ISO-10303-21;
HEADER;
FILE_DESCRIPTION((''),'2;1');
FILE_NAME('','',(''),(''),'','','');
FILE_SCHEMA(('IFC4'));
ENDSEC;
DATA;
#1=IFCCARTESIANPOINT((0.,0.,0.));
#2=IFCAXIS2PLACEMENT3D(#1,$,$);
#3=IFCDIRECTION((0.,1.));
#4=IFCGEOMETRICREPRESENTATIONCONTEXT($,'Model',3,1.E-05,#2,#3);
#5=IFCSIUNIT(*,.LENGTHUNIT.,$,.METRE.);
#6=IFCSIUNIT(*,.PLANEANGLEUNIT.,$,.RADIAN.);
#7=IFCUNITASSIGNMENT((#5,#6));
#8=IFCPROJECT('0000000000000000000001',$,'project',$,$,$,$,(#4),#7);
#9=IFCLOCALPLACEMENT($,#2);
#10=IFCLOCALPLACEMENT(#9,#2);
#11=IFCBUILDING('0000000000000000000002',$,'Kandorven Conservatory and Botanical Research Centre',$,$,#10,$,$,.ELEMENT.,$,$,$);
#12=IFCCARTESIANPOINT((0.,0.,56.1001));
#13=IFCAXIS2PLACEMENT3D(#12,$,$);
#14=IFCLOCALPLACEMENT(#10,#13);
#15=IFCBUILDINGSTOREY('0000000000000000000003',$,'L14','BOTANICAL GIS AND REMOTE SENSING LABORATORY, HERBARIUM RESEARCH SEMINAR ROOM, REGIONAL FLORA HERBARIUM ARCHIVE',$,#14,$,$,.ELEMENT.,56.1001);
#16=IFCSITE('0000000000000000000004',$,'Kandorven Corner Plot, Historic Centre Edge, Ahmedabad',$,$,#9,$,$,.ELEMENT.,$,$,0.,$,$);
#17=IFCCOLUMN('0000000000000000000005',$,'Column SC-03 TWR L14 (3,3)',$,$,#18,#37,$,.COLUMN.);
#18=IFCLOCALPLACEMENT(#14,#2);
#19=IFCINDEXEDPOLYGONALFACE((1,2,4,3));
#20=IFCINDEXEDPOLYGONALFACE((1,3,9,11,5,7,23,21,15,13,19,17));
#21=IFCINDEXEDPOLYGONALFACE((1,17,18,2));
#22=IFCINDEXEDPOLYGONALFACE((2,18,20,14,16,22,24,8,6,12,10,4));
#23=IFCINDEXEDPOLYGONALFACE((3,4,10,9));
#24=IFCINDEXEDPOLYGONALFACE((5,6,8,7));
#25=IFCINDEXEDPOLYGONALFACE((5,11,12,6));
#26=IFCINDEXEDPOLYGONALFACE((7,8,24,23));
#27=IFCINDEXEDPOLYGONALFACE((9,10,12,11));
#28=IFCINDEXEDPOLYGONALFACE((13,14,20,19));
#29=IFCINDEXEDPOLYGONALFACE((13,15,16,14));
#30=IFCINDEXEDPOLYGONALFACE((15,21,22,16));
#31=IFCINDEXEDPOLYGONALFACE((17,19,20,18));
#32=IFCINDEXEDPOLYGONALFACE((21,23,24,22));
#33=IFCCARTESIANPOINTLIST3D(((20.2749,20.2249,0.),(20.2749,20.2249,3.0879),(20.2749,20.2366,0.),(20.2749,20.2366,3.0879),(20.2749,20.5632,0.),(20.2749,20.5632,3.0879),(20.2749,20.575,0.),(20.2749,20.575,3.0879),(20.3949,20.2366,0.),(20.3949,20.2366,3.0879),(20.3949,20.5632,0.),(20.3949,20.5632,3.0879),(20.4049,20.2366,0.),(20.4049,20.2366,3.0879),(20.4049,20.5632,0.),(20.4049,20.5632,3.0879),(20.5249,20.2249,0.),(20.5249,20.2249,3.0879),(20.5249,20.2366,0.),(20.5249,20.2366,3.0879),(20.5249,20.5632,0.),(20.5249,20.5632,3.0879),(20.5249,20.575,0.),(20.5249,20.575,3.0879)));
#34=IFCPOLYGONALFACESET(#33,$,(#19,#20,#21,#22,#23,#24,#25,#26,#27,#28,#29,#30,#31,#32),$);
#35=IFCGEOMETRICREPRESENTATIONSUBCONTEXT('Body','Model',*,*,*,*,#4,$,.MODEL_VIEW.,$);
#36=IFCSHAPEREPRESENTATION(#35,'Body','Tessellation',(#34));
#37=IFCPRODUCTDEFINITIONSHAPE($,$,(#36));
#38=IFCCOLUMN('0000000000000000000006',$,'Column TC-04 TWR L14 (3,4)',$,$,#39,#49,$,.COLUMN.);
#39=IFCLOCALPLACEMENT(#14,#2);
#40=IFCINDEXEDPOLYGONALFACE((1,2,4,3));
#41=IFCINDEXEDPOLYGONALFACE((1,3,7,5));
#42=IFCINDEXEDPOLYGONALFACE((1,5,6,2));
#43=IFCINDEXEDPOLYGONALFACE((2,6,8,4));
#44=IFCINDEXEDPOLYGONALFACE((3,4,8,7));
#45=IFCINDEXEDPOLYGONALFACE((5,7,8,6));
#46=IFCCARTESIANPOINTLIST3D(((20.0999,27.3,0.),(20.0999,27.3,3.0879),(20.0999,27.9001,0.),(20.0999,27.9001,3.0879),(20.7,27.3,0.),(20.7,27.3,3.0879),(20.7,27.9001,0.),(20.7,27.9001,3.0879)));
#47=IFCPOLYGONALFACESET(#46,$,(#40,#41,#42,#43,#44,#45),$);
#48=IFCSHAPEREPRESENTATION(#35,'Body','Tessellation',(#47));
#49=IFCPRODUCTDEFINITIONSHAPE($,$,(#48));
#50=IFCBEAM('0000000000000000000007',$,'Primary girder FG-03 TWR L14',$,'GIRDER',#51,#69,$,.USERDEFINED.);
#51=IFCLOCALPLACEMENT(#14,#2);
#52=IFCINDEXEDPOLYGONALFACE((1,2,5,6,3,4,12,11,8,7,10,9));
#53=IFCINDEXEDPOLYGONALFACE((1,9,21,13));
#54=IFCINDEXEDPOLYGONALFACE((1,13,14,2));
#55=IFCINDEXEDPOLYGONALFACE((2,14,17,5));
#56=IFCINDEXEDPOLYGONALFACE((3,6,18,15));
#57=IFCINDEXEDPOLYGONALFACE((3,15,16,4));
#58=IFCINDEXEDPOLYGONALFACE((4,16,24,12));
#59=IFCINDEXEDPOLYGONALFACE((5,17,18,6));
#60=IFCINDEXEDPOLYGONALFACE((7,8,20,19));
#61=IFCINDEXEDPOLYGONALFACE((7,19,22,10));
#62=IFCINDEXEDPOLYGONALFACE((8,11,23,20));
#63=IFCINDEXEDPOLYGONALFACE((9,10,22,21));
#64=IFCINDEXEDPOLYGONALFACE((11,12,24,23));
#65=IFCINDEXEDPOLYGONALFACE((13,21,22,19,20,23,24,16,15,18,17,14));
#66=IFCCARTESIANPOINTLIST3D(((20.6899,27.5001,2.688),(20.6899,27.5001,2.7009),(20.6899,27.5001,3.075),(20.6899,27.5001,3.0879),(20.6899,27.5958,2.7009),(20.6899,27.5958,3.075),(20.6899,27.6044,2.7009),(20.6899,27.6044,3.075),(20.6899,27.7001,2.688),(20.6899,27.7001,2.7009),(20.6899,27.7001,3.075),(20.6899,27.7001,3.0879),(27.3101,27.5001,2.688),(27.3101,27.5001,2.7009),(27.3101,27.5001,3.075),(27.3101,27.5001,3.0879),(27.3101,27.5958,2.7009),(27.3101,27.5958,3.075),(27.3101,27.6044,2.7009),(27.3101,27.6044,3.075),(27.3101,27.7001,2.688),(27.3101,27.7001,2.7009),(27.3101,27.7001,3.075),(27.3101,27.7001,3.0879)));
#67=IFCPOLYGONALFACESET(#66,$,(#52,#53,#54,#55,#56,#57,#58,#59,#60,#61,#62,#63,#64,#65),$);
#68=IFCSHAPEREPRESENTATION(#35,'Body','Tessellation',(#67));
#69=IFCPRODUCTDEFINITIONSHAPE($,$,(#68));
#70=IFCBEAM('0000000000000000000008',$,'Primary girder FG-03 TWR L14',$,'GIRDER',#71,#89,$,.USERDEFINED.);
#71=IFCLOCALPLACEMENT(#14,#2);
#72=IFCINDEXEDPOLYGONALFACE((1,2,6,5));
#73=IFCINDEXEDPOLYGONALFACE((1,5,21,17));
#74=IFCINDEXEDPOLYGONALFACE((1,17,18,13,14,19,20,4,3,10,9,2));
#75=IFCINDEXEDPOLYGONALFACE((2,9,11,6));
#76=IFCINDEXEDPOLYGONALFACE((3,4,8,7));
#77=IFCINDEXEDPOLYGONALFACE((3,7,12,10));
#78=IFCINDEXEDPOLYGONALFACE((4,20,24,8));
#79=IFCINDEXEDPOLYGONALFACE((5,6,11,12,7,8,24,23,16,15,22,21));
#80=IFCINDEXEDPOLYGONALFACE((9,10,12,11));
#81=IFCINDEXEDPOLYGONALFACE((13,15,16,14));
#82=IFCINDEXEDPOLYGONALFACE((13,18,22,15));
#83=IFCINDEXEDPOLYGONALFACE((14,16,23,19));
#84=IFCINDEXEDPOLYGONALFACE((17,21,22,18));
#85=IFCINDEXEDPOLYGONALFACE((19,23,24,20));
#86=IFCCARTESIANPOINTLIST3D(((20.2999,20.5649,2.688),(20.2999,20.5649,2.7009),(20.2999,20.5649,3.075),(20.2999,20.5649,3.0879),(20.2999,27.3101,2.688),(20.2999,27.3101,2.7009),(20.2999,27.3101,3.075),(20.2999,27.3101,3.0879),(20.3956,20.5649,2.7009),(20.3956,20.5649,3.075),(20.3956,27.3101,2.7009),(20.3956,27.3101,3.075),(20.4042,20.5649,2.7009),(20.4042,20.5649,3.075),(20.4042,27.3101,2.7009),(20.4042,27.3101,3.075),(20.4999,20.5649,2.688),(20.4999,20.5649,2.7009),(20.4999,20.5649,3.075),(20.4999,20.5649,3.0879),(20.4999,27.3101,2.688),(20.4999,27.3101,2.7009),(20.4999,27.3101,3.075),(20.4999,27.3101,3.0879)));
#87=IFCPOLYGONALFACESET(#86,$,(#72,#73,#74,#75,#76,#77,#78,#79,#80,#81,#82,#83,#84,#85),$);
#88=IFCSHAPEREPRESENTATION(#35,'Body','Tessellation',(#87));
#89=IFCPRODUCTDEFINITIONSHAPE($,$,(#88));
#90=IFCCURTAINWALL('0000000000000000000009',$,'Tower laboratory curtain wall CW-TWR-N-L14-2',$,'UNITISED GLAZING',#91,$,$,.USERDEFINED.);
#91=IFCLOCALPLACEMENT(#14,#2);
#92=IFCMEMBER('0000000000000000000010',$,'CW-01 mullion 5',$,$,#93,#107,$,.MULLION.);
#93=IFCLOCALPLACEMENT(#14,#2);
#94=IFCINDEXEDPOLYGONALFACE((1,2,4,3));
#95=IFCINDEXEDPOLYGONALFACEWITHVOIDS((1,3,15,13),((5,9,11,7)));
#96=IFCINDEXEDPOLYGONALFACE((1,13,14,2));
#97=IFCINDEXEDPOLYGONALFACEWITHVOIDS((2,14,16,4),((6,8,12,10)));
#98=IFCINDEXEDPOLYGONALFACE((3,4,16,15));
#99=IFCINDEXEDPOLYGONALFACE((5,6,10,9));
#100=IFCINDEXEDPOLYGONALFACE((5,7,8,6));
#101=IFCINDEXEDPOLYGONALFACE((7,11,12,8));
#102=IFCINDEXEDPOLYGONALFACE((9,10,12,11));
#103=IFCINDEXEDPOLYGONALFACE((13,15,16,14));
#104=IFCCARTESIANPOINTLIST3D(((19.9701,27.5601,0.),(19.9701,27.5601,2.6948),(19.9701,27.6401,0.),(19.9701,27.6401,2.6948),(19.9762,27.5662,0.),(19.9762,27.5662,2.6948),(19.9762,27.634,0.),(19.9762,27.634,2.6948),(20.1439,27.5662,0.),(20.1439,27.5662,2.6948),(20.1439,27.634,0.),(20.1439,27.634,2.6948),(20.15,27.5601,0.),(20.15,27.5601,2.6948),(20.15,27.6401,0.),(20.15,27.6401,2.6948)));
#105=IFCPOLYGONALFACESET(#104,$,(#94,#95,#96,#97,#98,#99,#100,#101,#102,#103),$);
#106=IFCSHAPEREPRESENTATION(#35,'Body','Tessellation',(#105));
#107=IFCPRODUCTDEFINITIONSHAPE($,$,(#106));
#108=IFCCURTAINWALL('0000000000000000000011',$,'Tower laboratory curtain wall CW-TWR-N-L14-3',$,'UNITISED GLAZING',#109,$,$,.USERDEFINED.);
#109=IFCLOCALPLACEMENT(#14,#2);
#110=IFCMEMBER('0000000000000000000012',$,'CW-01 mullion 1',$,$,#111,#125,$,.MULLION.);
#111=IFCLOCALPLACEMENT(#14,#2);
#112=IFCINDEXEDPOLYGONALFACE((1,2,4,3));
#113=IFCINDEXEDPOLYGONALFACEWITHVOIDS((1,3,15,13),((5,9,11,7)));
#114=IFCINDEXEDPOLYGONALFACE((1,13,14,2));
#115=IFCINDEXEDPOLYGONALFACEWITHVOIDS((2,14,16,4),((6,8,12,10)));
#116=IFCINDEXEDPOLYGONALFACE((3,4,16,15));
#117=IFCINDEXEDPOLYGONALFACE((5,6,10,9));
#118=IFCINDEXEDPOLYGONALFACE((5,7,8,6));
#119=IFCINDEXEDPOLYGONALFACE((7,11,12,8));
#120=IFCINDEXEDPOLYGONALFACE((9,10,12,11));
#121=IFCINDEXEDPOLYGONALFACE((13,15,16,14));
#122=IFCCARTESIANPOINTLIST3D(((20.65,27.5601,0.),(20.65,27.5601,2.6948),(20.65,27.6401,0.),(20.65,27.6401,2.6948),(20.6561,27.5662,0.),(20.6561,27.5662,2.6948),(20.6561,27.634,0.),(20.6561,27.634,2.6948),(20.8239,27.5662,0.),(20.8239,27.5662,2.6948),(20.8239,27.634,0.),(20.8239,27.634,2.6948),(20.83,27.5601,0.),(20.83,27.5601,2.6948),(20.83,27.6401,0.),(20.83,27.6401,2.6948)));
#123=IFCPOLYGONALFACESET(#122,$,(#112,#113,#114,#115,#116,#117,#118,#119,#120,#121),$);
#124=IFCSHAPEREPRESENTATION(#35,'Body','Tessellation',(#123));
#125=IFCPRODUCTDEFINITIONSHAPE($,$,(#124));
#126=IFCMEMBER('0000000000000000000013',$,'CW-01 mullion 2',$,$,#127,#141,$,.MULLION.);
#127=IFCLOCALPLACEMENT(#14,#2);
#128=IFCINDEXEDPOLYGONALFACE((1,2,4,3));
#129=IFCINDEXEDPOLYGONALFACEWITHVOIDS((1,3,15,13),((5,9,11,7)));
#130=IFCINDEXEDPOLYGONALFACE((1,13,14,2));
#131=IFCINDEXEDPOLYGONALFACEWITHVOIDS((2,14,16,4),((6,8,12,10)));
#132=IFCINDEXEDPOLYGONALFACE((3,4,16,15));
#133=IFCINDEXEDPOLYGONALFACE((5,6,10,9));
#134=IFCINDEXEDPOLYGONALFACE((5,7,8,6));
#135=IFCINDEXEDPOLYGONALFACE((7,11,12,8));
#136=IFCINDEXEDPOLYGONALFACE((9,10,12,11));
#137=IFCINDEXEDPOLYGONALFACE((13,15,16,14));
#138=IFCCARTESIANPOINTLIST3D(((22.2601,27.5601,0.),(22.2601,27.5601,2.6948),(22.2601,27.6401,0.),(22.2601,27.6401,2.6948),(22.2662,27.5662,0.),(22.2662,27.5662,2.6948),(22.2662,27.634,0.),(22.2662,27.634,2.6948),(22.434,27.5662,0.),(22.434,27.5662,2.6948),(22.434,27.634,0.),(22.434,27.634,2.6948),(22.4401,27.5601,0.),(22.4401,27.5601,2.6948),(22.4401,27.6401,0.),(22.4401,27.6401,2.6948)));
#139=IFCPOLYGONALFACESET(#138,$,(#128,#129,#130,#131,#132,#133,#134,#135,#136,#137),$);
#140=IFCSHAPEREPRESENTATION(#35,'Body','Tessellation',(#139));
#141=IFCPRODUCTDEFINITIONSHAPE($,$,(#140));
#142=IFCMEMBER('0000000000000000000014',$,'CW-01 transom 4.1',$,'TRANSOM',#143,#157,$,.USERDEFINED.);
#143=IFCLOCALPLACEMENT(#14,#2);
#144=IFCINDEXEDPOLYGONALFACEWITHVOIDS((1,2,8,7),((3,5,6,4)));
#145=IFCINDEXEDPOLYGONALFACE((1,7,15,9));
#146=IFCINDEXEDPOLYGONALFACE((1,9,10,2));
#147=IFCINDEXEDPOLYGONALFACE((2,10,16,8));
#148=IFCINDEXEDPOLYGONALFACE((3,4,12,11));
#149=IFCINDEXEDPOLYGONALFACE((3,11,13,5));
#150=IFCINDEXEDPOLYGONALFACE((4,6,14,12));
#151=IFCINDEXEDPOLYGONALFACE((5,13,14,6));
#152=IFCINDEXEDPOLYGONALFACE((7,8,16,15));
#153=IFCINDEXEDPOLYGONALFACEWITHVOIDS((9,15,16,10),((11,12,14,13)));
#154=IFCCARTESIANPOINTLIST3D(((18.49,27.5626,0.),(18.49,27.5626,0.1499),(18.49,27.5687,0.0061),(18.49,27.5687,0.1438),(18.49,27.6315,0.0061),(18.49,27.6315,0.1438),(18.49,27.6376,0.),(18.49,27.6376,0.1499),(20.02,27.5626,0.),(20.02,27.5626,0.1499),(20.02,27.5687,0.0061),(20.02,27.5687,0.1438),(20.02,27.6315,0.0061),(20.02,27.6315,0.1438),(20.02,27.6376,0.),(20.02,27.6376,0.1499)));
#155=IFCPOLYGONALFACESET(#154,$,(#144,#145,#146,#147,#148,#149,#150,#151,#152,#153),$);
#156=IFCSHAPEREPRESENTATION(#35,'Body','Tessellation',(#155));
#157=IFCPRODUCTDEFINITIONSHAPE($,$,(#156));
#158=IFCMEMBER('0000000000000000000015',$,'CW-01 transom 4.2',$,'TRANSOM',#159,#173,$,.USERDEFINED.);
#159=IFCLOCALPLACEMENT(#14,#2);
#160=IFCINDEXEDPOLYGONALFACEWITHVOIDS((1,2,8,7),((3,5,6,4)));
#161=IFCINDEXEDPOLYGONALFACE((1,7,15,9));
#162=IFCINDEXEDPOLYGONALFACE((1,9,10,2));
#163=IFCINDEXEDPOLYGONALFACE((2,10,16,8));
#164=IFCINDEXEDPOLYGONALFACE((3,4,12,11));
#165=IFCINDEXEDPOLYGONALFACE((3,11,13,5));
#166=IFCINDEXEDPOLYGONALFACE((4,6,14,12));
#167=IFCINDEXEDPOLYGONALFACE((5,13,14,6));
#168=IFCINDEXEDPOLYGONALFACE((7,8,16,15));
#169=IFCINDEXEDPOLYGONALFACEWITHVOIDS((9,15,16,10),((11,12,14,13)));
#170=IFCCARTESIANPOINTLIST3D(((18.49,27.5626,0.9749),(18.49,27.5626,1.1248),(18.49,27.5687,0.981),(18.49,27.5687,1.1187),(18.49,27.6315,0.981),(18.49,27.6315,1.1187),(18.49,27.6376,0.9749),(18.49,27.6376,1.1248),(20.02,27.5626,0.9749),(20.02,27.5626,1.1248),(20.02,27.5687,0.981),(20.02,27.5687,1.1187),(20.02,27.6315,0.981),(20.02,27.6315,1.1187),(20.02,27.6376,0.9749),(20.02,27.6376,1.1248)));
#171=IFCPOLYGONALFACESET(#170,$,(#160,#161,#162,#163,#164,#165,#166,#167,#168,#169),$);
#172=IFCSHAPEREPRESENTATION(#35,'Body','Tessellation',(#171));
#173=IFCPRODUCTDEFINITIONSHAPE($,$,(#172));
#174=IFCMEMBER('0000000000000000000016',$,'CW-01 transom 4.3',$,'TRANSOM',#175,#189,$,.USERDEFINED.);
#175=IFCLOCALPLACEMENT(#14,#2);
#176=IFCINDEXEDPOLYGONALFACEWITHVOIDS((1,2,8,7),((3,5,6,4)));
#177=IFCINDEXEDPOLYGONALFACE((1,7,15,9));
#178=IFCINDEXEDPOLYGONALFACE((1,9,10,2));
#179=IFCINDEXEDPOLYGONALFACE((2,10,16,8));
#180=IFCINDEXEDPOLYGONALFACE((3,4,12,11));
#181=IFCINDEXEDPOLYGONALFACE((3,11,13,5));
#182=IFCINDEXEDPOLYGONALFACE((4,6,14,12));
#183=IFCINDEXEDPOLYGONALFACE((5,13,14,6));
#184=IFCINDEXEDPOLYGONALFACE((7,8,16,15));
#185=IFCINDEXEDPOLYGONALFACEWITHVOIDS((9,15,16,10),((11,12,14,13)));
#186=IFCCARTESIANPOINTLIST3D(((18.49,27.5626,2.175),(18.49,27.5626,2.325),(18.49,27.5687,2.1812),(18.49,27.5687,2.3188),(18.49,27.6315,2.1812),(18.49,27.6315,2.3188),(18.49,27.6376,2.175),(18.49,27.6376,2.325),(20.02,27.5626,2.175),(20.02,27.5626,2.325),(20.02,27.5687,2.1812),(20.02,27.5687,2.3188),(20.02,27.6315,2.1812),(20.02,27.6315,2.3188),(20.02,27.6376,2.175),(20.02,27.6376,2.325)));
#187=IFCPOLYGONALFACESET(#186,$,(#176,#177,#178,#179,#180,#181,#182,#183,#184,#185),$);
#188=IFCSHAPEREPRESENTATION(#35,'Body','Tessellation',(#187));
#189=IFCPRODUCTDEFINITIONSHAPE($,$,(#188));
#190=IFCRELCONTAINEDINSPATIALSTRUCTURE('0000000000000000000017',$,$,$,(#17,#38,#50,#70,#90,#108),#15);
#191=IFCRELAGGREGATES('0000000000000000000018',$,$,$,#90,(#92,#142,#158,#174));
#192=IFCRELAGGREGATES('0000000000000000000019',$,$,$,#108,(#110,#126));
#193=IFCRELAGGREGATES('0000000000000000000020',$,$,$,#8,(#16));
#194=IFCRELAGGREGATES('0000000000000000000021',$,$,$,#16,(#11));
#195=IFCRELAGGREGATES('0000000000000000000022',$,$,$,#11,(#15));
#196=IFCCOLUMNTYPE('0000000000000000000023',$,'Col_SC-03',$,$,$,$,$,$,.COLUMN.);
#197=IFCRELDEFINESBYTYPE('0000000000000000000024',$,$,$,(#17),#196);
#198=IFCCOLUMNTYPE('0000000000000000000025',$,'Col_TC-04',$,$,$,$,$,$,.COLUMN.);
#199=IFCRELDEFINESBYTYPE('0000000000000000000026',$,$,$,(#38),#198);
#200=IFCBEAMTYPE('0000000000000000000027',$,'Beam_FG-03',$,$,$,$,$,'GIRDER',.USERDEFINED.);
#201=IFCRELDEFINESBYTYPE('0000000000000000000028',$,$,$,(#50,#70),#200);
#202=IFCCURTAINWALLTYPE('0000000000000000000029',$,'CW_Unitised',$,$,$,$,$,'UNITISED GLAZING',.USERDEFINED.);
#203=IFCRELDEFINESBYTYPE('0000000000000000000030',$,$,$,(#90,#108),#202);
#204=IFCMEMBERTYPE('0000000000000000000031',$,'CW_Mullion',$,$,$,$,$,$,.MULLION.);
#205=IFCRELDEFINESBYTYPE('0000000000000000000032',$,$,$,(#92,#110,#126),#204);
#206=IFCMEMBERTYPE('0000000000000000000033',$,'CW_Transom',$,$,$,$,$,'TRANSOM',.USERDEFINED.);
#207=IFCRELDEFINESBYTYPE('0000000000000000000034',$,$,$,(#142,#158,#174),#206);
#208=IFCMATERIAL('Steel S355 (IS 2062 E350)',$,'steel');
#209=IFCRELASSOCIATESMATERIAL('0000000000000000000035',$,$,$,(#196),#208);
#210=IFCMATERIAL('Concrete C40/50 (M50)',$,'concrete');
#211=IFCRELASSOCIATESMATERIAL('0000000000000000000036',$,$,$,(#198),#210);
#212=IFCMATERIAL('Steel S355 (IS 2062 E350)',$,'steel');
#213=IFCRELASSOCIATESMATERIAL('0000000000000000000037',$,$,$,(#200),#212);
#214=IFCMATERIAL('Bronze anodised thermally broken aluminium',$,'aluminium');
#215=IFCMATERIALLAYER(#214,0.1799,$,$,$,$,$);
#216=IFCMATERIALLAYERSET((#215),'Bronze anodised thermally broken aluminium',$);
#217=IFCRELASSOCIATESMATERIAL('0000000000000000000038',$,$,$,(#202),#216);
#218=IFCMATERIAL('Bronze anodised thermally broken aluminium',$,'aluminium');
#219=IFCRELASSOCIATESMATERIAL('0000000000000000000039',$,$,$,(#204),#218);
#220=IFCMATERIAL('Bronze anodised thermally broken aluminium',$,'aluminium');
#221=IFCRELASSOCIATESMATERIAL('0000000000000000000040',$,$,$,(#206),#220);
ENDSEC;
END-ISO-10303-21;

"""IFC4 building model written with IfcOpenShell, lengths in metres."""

from ifc_helpers import new_model, si_unit, direction, frame, origin, origin_2d, place, context, subcontext, project, spatial, rectangle, hollow_rectangle, i_section, extrude, material, layer, layer_set, material_profile, profile_set, type_object, element, aggregate, save


model = new_model("IFC4")

# Units and contexts
model_context = context("Model", 3, precision=1e-05, world=origin(), true_north=direction((0.0, 1.0)))
body_context = subcontext(model_context, "Body", "Model", "MODEL_VIEW")
ifc_project = project(units=[si_unit("LENGTHUNIT", "METRE"), si_unit("PLANEANGLEUNIT", "RADIAN")], contexts=[model_context])

# Site, building, storey
site_placement = place(None, origin())
site = spatial("IfcSite", under=ifc_project, at=site_placement, Name="Kandorven Corner Plot, Historic Centre Edge, Ahmedabad", CompositionType="ELEMENT", RefElevation=0.0)
building_placement = place(site_placement, origin())
building = spatial("IfcBuilding", under=site, at=building_placement, Name="Kandorven Conservatory and Botanical Research Centre", CompositionType="ELEMENT")
storey_placement = place(building_placement, frame((0.0, 0.0, 56.1001)))
storey = spatial("IfcBuildingStorey", under=building, at=storey_placement, Name="L14", Description="BOTANICAL GIS AND REMOTE SENSING LABORATORY, HERBARIUM RESEARCH SEMINAR ROOM, REGIONAL FLORA HERBARIUM ARCHIVE", CompositionType="ELEMENT", Elevation=56.1001)

# Columns
ifc_material_1 = material(Name="Steel S355 (IS 2062 E350)", Category="steel")
ifc_material_profile_1 = material_profile(ifc_material_1, i_section(OverallWidth=0.25, OverallDepth=0.3501, WebThickness=0.01, FlangeThickness=0.0117, at=origin_2d()))
ifc_profile_set_1 = profile_set([ifc_material_profile_1], Name="Steel S355 (IS 2062 E350)")
column_type_1 = type_object("IfcColumnType", Name="Col_SC-03", PredefinedType="COLUMN", material=ifc_profile_set_1)
column_1_placement = place(storey_placement, frame((20.3999, 20.3999, 0.0), z_axis=(0.0, 0.0, 1.0), x_axis=(1.0, 0.0, 0.0)))
element("IfcColumn", 1, at=column_1_placement, inside=storey, type_object=column_type_1, Name="Column SC-03 TWR L14 (3,3)", PredefinedType="COLUMN", context=body_context, shape_type="SweptSolid", body=[
    extrude(i_section(OverallWidth=0.25, OverallDepth=0.3501, WebThickness=0.01, FlangeThickness=0.0117, at=origin_2d()), origin(), (0.0, 0.0, 1.0), 3.0879),
])
ifc_material_2 = material(Name="Concrete C40/50 (M50)", Category="concrete")
ifc_material_profile_2 = material_profile(ifc_material_2, rectangle(XDim=0.6001, YDim=0.6001, at=origin_2d()))
ifc_profile_set_2 = profile_set([ifc_material_profile_2], Name="Concrete C40/50 (M50)")
column_type_2 = type_object("IfcColumnType", Name="Col_TC-04", PredefinedType="COLUMN", material=ifc_profile_set_2)
column_2_placement = place(storey_placement, frame((20.3999, 27.6001, 0.0), z_axis=(0.0, 0.0, 1.0), x_axis=(1.0, 0.0, 0.0)))
element("IfcColumn", 2, at=column_2_placement, inside=storey, type_object=column_type_2, Name="Column TC-04 TWR L14 (3,4)", PredefinedType="COLUMN", context=body_context, shape_type="SweptSolid", body=[
    extrude(rectangle(XDim=0.6001, YDim=0.6001, at=origin_2d()), origin(), (0.0, 0.0, 1.0), 3.0879),
])

# Beams
ifc_material_3 = material(Name="Steel S355 (IS 2062 E350)", Category="steel")
ifc_material_profile_3 = material_profile(ifc_material_3, i_section(OverallWidth=0.2, OverallDepth=0.3999, WebThickness=0.0085, FlangeThickness=0.0129, at=origin_2d()))
ifc_profile_set_3 = profile_set([ifc_material_profile_3], Name="Steel S355 (IS 2062 E350)")
beam_type = type_object("IfcBeamType", Name="Beam_FG-03", ElementType="GIRDER", PredefinedType="USERDEFINED", material=ifc_profile_set_3)
beam_1_placement = place(storey_placement, frame((20.6899, 27.6001, 2.8879), z_axis=(1.0, 0.0, 0.0), x_axis=(0.0, 1.0, 0.0)))
element("IfcBeam", 3, at=beam_1_placement, inside=storey, type_object=beam_type, Name="Primary girder FG-03 TWR L14", ObjectType="GIRDER", PredefinedType="USERDEFINED", context=body_context, shape_type="SweptSolid", body=[
    extrude(i_section(OverallWidth=0.2, OverallDepth=0.3999, WebThickness=0.0085, FlangeThickness=0.0129, at=origin_2d()), origin(), (0.0, 0.0, 1.0), 6.6201),
])
beam_2_placement = place(storey_placement, frame((20.3999, 20.5649, 2.8879), z_axis=(0.0, 1.0, 0.0), x_axis=(-1.0, 0.0, 0.0)))
element("IfcBeam", 4, at=beam_2_placement, inside=storey, type_object=beam_type, Name="Primary girder FG-03 TWR L14", ObjectType="GIRDER", PredefinedType="USERDEFINED", context=body_context, shape_type="SweptSolid", body=[
    extrude(i_section(OverallWidth=0.2, OverallDepth=0.3999, WebThickness=0.0085, FlangeThickness=0.0129, at=origin_2d()), origin(), (0.0, 0.0, 1.0), 6.7451),
])

# Curtain wall, member
ifc_material_4 = material(Name="Bronze anodised thermally broken aluminium", Category="aluminium")
ifc_layer_1 = layer(ifc_material_4, 0.1799)
ifc_layer_set_1 = layer_set([ifc_layer_1], Name="Bronze anodised thermally broken aluminium")
curtain_wall_type = type_object("IfcCurtainWallType", Name="CW_Unitised", ElementType="UNITISED GLAZING", PredefinedType="USERDEFINED", material=ifc_layer_set_1)
curtain_wall_1_placement = place(storey_placement, origin())
curtain_wall_1 = element("IfcCurtainWall", 5, at=curtain_wall_1_placement, inside=storey, type_object=curtain_wall_type, Name="Tower laboratory curtain wall CW-TWR-N-L14-2", ObjectType="UNITISED GLAZING", PredefinedType="USERDEFINED")
ifc_material_5 = material(Name="Bronze anodised thermally broken aluminium", Category="aluminium")
ifc_material_profile_4 = material_profile(ifc_material_5, hollow_rectangle(XDim=0.0801, YDim=0.1799, WallThickness=0.0061, at=origin_2d()))
ifc_profile_set_4 = profile_set([ifc_material_profile_4], Name="Bronze anodised thermally broken aluminium")
member_type_1 = type_object("IfcMemberType", Name="CW_Mullion", PredefinedType="MULLION", material=ifc_profile_set_4)
member_1_placement = place(storey_placement, frame((20.0601, 27.6001, 0.0), z_axis=(0.0, 0.0, 1.0), x_axis=(0.0, 1.0, 0.0)))
member_1 = element("IfcMember", 6, at=member_1_placement, type_object=member_type_1, Name="CW-01 mullion 5", PredefinedType="MULLION", context=body_context, shape_type="SweptSolid", body=[
    extrude(hollow_rectangle(XDim=0.0801, YDim=0.1799, WallThickness=0.0061, at=origin_2d()), origin(), (0.0, 0.0, 1.0), 2.6948),
])

# Curtain wall, members
curtain_wall_2_placement = place(storey_placement, origin())
curtain_wall_2 = element("IfcCurtainWall", 7, at=curtain_wall_2_placement, inside=storey, type_object=curtain_wall_type, Name="Tower laboratory curtain wall CW-TWR-N-L14-3", ObjectType="UNITISED GLAZING", PredefinedType="USERDEFINED")
member_2_placement = place(storey_placement, frame((20.74, 27.6001, 0.0), z_axis=(0.0, 0.0, 1.0), x_axis=(0.0, 1.0, 0.0)))
member_2 = element("IfcMember", 8, at=member_2_placement, type_object=member_type_1, Name="CW-01 mullion 1", PredefinedType="MULLION", context=body_context, shape_type="SweptSolid", body=[
    extrude(hollow_rectangle(XDim=0.0801, YDim=0.1799, WallThickness=0.0061, at=origin_2d()), origin(), (0.0, 0.0, 1.0), 2.6948),
])
member_3_placement = place(storey_placement, frame((22.3501, 27.6001, 0.0), z_axis=(0.0, 0.0, 1.0), x_axis=(0.0, 1.0, 0.0)))
member_3 = element("IfcMember", 9, at=member_3_placement, type_object=member_type_1, Name="CW-01 mullion 2", PredefinedType="MULLION", context=body_context, shape_type="SweptSolid", body=[
    extrude(hollow_rectangle(XDim=0.0801, YDim=0.1799, WallThickness=0.0061, at=origin_2d()), origin(), (0.0, 0.0, 1.0), 2.6948),
])

# Members
ifc_material_6 = material(Name="Bronze anodised thermally broken aluminium", Category="aluminium")
ifc_material_profile_5 = material_profile(ifc_material_6, hollow_rectangle(XDim=0.075, YDim=0.1499, WallThickness=0.0061, at=origin_2d()))
ifc_profile_set_5 = profile_set([ifc_material_profile_5], Name="Bronze anodised thermally broken aluminium")
member_type_2 = type_object("IfcMemberType", Name="CW_Transom", ElementType="TRANSOM", PredefinedType="USERDEFINED", material=ifc_profile_set_5)
member_4_placement = place(storey_placement, frame((18.49, 27.6001, 0.075), z_axis=(1.0, 0.0, 0.0), x_axis=(0.0, 1.0, 0.0)))
member_4 = element("IfcMember", 10, at=member_4_placement, type_object=member_type_2, Name="CW-01 transom 4.1", ObjectType="TRANSOM", PredefinedType="USERDEFINED", context=body_context, shape_type="SweptSolid", body=[
    extrude(hollow_rectangle(XDim=0.075, YDim=0.1499, WallThickness=0.0061, at=origin_2d()), origin(), (0.0, 0.0, 1.0), 1.53),
])
member_5_placement = place(storey_placement, frame((18.49, 27.6001, 1.0498), z_axis=(1.0, 0.0, 0.0), x_axis=(0.0, 1.0, 0.0)))
member_5 = element("IfcMember", 11, at=member_5_placement, type_object=member_type_2, Name="CW-01 transom 4.2", ObjectType="TRANSOM", PredefinedType="USERDEFINED", context=body_context, shape_type="SweptSolid", body=[
    extrude(hollow_rectangle(XDim=0.075, YDim=0.1499, WallThickness=0.0061, at=origin_2d()), origin(), (0.0, 0.0, 1.0), 1.53),
])
member_6_placement = place(storey_placement, frame((18.49, 27.6001, 2.25), z_axis=(1.0, 0.0, 0.0), x_axis=(0.0, 1.0, 0.0)))
member_6 = element("IfcMember", 12, at=member_6_placement, type_object=member_type_2, Name="CW-01 transom 4.3", ObjectType="TRANSOM", PredefinedType="USERDEFINED", context=body_context, shape_type="SweptSolid", body=[
    extrude(hollow_rectangle(XDim=0.075, YDim=0.1499, WallThickness=0.0061, at=origin_2d()), origin(), (0.0, 0.0, 1.0), 1.53),
])

aggregate(curtain_wall_1, [member_1, member_4, member_5, member_6])
aggregate(curtain_wall_2, [member_2, member_3])

save(model, "model.ifc")
